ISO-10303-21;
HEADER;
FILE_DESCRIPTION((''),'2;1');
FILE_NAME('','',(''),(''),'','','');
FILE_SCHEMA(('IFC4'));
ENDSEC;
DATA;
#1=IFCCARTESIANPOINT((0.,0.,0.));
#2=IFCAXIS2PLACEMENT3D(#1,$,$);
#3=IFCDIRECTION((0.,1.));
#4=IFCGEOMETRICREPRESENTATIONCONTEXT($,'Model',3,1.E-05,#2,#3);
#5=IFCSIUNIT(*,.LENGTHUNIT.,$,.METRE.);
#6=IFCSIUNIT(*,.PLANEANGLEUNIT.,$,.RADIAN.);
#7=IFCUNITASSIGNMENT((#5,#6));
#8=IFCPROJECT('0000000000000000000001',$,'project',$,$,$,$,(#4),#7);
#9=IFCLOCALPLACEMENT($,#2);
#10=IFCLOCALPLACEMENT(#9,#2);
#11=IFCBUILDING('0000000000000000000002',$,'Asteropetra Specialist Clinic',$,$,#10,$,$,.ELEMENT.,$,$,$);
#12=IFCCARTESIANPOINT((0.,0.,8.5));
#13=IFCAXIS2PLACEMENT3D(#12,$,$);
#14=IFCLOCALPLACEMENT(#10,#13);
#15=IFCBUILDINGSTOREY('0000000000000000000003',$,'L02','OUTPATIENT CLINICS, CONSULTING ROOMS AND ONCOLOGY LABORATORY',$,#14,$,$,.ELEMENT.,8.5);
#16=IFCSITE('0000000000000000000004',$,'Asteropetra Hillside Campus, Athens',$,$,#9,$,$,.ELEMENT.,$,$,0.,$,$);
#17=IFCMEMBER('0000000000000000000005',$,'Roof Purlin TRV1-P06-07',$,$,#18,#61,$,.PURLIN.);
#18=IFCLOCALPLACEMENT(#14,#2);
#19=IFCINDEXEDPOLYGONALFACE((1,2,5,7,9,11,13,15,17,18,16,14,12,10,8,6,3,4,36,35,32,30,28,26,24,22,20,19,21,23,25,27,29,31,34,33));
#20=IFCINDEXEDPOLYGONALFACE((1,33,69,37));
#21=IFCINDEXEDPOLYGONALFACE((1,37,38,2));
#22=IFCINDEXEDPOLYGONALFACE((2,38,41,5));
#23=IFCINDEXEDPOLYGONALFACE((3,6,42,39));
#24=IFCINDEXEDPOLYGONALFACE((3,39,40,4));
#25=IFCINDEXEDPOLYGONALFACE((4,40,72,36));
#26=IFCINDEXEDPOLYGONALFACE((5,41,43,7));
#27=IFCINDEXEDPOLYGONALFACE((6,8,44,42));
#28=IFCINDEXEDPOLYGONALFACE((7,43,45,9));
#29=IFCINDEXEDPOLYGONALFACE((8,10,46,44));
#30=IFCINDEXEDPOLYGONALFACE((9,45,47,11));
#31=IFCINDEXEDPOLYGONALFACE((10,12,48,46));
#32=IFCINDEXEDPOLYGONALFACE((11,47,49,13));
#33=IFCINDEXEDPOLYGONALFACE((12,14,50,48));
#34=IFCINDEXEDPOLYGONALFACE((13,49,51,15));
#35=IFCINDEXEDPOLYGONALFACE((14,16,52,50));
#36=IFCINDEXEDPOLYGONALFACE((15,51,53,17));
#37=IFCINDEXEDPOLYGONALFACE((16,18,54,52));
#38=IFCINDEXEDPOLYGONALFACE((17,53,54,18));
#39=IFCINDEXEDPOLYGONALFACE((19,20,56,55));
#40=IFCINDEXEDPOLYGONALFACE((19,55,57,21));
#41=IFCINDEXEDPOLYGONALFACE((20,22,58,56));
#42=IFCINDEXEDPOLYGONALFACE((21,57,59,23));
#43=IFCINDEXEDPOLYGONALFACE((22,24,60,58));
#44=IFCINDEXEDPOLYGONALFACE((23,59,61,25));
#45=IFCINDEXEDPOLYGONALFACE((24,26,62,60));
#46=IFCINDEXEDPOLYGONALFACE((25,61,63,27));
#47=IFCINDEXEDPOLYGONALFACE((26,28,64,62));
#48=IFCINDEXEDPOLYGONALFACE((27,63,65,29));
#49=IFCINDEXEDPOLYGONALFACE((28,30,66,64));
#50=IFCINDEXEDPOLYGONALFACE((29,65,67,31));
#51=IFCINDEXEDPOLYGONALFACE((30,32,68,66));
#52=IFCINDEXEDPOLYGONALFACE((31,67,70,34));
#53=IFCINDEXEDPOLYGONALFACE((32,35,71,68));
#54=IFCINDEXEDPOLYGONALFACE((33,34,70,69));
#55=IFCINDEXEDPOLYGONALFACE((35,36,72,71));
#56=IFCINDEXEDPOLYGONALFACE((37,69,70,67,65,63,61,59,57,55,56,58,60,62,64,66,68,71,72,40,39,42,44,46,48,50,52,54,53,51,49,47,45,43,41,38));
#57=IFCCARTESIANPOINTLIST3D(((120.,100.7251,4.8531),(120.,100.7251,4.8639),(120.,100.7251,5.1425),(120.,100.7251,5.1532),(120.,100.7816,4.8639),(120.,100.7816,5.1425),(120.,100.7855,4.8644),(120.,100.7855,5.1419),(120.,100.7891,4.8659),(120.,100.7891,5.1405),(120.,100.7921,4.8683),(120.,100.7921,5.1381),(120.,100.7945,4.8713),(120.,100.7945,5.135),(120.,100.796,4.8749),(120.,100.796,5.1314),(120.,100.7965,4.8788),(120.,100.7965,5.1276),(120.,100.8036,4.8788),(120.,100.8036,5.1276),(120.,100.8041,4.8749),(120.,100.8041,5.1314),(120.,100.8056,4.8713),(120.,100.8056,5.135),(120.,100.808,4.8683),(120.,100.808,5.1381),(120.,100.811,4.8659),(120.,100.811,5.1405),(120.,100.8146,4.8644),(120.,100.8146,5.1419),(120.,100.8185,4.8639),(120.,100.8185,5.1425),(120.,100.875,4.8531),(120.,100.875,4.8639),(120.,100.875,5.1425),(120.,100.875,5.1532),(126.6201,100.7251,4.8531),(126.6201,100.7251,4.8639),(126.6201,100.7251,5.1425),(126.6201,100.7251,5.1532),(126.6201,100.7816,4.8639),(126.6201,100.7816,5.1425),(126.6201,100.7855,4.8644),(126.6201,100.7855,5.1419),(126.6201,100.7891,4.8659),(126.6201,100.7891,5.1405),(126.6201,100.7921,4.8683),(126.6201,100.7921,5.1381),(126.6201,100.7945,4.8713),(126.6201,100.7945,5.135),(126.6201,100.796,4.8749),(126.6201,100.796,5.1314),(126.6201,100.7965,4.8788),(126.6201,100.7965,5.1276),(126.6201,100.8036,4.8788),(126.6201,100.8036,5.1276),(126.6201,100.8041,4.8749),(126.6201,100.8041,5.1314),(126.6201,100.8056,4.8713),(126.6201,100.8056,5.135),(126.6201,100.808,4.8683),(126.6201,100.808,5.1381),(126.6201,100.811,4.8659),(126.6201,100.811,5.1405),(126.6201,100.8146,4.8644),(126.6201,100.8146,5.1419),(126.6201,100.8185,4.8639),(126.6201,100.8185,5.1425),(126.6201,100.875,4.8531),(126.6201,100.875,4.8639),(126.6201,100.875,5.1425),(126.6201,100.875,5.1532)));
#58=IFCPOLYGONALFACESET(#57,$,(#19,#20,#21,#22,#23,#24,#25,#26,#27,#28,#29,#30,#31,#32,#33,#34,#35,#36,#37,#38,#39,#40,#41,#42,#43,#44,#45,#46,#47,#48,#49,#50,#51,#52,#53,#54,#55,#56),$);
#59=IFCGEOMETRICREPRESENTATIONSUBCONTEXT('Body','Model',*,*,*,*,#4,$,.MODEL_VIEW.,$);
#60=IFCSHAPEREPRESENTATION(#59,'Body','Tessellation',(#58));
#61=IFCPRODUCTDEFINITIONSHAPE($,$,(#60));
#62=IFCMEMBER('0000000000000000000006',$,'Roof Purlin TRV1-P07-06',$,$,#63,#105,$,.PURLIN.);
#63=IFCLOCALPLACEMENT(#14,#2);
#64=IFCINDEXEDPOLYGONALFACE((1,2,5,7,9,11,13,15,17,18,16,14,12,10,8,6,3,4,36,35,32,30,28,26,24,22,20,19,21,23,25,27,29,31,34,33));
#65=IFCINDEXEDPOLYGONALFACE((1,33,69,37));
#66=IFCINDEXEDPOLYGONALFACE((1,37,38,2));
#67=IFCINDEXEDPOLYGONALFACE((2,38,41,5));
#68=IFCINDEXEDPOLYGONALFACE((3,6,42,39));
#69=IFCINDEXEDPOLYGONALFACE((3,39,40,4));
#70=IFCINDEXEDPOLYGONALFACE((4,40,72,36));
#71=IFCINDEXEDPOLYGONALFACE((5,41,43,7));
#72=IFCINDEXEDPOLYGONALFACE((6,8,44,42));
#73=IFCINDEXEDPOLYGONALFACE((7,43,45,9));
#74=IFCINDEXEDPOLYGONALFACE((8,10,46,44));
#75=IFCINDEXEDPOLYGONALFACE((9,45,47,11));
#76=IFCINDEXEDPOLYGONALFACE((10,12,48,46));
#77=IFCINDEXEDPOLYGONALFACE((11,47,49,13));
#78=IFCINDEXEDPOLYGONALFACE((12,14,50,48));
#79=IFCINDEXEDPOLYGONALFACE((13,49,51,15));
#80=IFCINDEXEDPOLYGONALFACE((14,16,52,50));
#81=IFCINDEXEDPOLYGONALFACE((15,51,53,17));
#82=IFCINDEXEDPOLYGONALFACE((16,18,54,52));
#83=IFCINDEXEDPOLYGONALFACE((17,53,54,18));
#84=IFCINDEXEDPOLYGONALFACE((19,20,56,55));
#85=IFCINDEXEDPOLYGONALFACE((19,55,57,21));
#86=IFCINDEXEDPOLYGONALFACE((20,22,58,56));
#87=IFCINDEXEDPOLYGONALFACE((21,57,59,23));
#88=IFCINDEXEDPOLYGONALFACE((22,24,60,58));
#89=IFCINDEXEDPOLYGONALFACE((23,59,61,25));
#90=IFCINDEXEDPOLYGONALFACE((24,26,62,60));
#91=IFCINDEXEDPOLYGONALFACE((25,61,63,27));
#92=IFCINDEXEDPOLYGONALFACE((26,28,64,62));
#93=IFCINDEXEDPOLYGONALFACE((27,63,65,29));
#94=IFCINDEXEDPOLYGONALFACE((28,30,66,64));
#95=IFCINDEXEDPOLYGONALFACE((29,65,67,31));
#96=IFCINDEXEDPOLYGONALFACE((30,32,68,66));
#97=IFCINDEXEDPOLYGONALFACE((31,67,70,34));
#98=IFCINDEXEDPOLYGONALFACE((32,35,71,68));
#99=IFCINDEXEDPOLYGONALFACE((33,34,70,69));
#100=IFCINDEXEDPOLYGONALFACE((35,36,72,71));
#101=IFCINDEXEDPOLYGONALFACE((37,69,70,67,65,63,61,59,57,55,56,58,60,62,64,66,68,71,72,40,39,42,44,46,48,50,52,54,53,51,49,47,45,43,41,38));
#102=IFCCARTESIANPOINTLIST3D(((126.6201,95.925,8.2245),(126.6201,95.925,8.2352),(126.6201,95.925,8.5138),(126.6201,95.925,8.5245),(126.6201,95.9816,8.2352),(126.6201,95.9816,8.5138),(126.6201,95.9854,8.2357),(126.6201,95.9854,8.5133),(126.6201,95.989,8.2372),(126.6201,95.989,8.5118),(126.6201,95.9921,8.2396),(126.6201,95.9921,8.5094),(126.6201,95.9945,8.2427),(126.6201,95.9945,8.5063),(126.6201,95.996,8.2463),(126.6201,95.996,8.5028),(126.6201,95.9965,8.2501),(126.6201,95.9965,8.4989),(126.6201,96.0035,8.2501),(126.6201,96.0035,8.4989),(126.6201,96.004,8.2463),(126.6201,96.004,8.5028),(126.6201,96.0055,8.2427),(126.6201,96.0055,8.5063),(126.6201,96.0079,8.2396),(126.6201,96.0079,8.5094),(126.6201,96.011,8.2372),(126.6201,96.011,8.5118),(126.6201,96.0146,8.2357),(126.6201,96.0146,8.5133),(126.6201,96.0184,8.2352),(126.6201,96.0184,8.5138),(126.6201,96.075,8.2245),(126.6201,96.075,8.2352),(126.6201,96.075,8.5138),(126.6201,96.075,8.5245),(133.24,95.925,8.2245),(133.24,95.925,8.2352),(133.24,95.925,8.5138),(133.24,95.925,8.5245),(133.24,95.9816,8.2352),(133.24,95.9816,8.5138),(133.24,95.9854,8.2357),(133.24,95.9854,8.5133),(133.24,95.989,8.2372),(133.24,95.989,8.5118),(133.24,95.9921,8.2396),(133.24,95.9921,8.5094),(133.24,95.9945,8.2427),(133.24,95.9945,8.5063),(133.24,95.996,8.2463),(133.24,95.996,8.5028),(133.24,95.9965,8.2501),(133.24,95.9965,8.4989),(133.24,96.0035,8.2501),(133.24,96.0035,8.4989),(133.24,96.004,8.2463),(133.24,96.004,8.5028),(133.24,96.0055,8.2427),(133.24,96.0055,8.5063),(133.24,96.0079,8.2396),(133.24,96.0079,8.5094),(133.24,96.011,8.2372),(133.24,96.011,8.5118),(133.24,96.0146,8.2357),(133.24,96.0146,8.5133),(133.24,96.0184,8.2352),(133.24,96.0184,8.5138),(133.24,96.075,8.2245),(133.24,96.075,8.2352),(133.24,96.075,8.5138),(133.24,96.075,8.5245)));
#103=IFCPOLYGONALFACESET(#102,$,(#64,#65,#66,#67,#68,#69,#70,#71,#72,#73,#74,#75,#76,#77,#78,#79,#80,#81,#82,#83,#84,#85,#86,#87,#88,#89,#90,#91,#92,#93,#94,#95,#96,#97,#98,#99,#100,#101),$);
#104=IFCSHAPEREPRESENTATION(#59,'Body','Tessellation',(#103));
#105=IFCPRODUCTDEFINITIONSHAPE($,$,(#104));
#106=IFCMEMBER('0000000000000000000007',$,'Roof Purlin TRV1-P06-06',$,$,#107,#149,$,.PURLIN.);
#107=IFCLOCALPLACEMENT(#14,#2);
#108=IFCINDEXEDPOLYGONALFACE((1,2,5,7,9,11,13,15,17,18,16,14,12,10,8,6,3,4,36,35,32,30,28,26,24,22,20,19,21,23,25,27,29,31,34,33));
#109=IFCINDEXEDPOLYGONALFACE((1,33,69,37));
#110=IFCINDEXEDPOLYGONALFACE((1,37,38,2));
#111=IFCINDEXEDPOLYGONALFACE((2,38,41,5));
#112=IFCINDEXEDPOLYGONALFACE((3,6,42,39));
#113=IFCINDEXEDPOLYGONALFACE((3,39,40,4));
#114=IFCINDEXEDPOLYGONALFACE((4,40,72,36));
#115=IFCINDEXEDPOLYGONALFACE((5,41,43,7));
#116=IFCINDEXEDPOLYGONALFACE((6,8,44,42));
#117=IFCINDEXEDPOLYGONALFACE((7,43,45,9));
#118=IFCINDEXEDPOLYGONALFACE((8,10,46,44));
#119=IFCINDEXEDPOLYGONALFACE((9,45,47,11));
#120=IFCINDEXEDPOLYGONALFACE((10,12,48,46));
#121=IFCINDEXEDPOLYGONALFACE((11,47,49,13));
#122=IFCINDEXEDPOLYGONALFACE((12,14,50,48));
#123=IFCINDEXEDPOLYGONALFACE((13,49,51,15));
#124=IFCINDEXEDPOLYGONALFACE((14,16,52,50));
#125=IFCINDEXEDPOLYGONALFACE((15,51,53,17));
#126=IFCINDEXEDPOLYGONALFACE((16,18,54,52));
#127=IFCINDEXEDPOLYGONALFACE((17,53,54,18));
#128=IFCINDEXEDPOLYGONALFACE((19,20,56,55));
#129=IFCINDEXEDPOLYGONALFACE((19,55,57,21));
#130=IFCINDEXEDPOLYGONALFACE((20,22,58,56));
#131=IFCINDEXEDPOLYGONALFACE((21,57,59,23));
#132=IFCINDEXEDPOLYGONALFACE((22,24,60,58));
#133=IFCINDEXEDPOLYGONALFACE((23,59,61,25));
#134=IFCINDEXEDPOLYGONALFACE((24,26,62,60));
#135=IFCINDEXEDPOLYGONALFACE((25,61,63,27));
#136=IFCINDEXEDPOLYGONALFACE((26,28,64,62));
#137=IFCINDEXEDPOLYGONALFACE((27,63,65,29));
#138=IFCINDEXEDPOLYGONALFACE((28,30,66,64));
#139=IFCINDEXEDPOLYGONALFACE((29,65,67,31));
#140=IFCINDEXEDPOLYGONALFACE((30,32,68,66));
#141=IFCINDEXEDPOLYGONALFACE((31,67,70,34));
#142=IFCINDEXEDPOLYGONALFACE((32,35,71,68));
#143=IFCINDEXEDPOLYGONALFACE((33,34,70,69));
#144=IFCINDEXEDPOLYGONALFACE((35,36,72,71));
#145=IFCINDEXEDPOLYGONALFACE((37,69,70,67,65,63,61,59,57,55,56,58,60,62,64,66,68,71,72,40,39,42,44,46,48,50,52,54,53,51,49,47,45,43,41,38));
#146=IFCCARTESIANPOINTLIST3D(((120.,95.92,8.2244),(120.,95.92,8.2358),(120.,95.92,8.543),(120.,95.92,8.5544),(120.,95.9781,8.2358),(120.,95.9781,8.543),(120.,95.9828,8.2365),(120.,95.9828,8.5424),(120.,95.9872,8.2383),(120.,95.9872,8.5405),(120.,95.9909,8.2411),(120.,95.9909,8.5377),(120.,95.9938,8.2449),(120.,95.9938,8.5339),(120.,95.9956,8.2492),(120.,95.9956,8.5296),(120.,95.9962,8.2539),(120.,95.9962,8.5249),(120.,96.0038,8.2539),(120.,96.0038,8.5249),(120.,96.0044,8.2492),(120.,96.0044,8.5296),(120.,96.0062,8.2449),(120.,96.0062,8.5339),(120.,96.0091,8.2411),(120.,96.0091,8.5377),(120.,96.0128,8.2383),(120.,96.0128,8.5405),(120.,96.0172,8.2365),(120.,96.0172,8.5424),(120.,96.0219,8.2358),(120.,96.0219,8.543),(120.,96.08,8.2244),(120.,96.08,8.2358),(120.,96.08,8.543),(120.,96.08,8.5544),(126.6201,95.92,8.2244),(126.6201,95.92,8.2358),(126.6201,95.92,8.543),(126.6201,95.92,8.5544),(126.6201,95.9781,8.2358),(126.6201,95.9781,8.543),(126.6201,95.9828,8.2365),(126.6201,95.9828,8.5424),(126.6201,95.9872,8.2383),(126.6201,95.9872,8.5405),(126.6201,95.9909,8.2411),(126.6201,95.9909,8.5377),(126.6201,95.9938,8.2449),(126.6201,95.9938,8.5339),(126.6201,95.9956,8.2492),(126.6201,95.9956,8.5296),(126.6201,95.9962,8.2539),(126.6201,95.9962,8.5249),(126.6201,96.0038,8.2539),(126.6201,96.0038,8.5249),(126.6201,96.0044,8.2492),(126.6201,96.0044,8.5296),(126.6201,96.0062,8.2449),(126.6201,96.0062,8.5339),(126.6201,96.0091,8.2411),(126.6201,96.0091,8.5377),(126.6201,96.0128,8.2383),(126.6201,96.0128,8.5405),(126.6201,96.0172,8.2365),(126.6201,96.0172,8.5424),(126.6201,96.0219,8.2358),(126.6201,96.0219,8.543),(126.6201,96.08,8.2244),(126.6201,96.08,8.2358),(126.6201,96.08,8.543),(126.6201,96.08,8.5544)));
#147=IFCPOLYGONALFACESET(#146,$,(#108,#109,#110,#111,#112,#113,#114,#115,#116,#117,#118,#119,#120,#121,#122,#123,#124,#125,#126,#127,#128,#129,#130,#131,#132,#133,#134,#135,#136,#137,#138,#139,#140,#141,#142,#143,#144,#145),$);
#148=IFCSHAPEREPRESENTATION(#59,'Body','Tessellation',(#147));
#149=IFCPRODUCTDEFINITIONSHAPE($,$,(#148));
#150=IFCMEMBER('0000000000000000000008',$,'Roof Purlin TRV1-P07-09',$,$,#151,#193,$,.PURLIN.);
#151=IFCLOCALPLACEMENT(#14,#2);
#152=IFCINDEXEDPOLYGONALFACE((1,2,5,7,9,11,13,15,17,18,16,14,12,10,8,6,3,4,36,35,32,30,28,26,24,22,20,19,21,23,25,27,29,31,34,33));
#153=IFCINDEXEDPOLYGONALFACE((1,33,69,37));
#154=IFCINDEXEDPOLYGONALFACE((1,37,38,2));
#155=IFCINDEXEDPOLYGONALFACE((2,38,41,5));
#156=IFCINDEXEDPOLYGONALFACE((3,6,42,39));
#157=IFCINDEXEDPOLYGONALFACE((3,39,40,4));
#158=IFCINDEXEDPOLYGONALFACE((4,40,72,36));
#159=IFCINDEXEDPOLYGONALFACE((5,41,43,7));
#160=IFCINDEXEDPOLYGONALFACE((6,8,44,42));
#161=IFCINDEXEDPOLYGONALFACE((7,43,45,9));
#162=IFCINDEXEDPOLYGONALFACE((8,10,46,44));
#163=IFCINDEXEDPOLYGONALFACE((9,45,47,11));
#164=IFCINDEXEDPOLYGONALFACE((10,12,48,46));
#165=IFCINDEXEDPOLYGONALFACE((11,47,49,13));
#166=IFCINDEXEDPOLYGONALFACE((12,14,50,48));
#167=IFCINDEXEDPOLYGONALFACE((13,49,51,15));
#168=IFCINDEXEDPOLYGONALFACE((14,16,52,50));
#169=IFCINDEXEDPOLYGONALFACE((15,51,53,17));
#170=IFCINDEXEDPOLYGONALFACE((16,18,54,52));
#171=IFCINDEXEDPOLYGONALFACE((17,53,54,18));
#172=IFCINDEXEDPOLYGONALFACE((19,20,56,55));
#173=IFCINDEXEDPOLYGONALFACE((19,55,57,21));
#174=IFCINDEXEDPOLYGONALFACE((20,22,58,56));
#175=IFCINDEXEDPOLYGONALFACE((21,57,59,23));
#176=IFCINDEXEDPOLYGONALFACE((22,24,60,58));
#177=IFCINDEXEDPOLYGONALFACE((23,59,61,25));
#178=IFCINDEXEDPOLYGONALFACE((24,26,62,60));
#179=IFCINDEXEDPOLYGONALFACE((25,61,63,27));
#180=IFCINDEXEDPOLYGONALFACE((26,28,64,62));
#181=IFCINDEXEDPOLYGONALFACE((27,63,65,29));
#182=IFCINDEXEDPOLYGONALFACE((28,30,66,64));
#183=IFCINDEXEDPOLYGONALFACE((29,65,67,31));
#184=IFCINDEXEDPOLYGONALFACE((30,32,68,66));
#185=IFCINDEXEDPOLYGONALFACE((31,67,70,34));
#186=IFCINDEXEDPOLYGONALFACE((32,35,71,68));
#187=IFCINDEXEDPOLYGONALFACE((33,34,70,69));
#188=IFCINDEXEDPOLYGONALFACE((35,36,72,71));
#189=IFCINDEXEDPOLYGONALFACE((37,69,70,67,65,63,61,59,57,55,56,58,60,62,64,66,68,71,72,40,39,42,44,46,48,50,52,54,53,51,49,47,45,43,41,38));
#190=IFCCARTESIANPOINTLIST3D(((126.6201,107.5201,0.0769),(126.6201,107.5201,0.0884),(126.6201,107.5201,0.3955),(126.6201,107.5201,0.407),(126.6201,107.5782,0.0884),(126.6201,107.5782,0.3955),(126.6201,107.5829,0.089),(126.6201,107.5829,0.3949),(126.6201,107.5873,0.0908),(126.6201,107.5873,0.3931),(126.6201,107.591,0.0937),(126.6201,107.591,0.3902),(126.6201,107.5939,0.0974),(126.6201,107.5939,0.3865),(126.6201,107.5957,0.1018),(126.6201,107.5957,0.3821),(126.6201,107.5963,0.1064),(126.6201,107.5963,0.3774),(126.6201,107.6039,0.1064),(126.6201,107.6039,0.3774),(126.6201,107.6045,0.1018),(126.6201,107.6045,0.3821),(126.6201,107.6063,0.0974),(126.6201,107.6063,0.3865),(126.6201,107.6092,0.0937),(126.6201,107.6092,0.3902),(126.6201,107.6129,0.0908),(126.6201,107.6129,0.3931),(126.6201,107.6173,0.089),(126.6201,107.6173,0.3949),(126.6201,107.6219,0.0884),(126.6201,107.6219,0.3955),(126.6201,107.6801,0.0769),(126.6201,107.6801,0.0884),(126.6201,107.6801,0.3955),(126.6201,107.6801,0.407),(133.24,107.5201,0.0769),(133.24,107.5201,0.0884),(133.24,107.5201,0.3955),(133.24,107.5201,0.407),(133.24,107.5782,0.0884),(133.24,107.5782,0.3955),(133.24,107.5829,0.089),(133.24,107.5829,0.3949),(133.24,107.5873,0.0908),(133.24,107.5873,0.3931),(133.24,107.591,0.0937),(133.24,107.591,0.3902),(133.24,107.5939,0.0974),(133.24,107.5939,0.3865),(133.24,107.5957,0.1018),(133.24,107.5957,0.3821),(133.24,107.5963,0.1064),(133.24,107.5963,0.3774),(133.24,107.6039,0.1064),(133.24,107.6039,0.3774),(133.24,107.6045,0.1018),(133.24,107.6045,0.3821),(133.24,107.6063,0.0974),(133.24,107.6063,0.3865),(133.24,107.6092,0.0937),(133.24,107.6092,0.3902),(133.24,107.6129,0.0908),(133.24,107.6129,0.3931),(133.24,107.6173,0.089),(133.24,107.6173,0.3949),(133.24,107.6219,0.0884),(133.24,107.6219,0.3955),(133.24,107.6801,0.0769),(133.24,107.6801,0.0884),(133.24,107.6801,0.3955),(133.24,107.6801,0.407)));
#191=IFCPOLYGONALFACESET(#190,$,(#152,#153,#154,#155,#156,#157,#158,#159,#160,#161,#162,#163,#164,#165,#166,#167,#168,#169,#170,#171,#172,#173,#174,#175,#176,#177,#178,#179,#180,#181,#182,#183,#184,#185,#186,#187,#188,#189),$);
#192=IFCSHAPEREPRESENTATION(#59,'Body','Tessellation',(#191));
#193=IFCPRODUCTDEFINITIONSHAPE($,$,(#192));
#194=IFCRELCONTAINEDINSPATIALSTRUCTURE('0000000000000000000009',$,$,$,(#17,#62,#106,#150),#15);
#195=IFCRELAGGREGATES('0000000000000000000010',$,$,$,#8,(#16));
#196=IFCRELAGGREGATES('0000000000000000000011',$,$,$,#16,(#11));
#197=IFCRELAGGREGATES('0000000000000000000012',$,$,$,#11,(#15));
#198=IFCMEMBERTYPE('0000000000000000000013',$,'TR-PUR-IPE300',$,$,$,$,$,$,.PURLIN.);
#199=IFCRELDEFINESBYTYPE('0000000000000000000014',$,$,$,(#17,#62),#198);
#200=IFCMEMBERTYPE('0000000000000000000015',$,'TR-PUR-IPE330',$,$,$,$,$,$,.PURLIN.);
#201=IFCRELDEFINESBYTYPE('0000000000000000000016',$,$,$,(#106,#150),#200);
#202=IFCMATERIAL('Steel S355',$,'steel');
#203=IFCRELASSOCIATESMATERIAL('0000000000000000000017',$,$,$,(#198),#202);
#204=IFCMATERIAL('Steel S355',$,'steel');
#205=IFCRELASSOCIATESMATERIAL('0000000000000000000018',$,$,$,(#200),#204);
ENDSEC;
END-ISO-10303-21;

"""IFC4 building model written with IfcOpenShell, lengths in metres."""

from ifc_helpers import new_model, si_unit, direction, frame, origin, origin_2d, place, context, subcontext, project, spatial, i_section, extrude, material, material_profile, profile_set, type_object, element, save


model = new_model("IFC4")

# Units and contexts
model_context = context("Model", 3, precision=1e-05, world=origin(), true_north=direction((0.0, 1.0)))
body_context = subcontext(model_context, "Body", "Model", "MODEL_VIEW")
ifc_project = project(units=[si_unit("LENGTHUNIT", "METRE"), si_unit("PLANEANGLEUNIT", "RADIAN")], contexts=[model_context])

# Site, building, storey
site_placement = place(None, origin())
site = spatial("IfcSite", under=ifc_project, at=site_placement, Name="Asteropetra Hillside Campus, Athens", CompositionType="ELEMENT", RefElevation=0.0)
building_placement = place(site_placement, origin())
building = spatial("IfcBuilding", under=site, at=building_placement, Name="Asteropetra Specialist Clinic", CompositionType="ELEMENT")
storey_placement = place(building_placement, frame((0.0, 0.0, 8.5)))
storey = spatial("IfcBuildingStorey", under=building, at=storey_placement, Name="L02", Description="OUTPATIENT CLINICS, CONSULTING ROOMS AND ONCOLOGY LABORATORY", CompositionType="ELEMENT", Elevation=8.5)

# Members
ifc_material_1 = material(Name="Steel S355", Category="steel")
ifc_material_profile_1 = material_profile(ifc_material_1, i_section(OverallWidth=0.1499, OverallDepth=0.3, WebThickness=0.0071, FlangeThickness=0.0107, FilletRadius=0.0149, at=origin_2d()), Name="IPE 300")
ifc_profile_set_1 = profile_set([ifc_material_profile_1], Name="Steel S355")
member_type_1 = type_object("IfcMemberType", Name="TR-PUR-IPE300", PredefinedType="PURLIN", material=ifc_profile_set_1)
member_1_placement = place(storey_placement, frame((120.0, 100.8, 5.0032), z_axis=(1.0, 0.0, 0.0), x_axis=(0.0, 1.0, 0.0)))
element("IfcMember", 1, at=member_1_placement, inside=storey, type_object=member_type_1, Name="Roof Purlin TRV1-P06-07", PredefinedType="PURLIN", context=body_context, shape_type="SweptSolid", body=[
    extrude(i_section(OverallWidth=0.1499, OverallDepth=0.3, WebThickness=0.0071, FlangeThickness=0.0107, FilletRadius=0.0149, at=origin_2d()), origin(), (0.0, 0.0, 1.0), 6.6201),
])
member_2_placement = place(storey_placement, frame((126.6201, 96.0, 8.3745), z_axis=(1.0, 0.0, 0.0), x_axis=(0.0, 1.0, 0.0)))
element("IfcMember", 2, at=member_2_placement, inside=storey, type_object=member_type_1, Name="Roof Purlin TRV1-P07-06", PredefinedType="PURLIN", context=body_context, shape_type="SweptSolid", body=[
    extrude(i_section(OverallWidth=0.1499, OverallDepth=0.3, WebThickness=0.0071, FlangeThickness=0.0107, FilletRadius=0.0149, at=origin_2d()), origin(), (0.0, 0.0, 1.0), 6.6199),
])
ifc_material_2 = material(Name="Steel S355", Category="steel")
ifc_material_profile_2 = material_profile(ifc_material_2, i_section(OverallWidth=0.1599, OverallDepth=0.3301, WebThickness=0.0076, FlangeThickness=0.0115, FilletRadius=0.0181, at=origin_2d()), Name="IPE 330")
ifc_profile_set_2 = profile_set([ifc_material_profile_2], Name="Steel S355")
member_type_2 = type_object("IfcMemberType", Name="TR-PUR-IPE330", PredefinedType="PURLIN", material=ifc_profile_set_2)
member_3_placement = place(storey_placement, frame((120.0, 96.0, 8.3894), z_axis=(1.0, 0.0, 0.0), x_axis=(0.0, 1.0, 0.0)))
element("IfcMember", 3, at=member_3_placement, inside=storey, type_object=member_type_2, Name="Roof Purlin TRV1-P06-06", PredefinedType="PURLIN", context=body_context, shape_type="SweptSolid", body=[
    extrude(i_section(OverallWidth=0.1599, OverallDepth=0.3301, WebThickness=0.0076, FlangeThickness=0.0115, FilletRadius=0.0181, at=origin_2d()), origin(), (0.0, 0.0, 1.0), 6.6201),
])
member_4_placement = place(storey_placement, frame((126.6201, 107.6001, 0.2419), z_axis=(1.0, 0.0, 0.0), x_axis=(0.0, 1.0, 0.0)))
element("IfcMember", 4, at=member_4_placement, inside=storey, type_object=member_type_2, Name="Roof Purlin TRV1-P07-09", PredefinedType="PURLIN", context=body_context, shape_type="SweptSolid", body=[
    extrude(i_section(OverallWidth=0.1599, OverallDepth=0.3301, WebThickness=0.0076, FlangeThickness=0.0115, FilletRadius=0.0181, at=origin_2d()), origin(), (0.0, 0.0, 1.0), 6.6199),
])

save(model, "model.ifc")
